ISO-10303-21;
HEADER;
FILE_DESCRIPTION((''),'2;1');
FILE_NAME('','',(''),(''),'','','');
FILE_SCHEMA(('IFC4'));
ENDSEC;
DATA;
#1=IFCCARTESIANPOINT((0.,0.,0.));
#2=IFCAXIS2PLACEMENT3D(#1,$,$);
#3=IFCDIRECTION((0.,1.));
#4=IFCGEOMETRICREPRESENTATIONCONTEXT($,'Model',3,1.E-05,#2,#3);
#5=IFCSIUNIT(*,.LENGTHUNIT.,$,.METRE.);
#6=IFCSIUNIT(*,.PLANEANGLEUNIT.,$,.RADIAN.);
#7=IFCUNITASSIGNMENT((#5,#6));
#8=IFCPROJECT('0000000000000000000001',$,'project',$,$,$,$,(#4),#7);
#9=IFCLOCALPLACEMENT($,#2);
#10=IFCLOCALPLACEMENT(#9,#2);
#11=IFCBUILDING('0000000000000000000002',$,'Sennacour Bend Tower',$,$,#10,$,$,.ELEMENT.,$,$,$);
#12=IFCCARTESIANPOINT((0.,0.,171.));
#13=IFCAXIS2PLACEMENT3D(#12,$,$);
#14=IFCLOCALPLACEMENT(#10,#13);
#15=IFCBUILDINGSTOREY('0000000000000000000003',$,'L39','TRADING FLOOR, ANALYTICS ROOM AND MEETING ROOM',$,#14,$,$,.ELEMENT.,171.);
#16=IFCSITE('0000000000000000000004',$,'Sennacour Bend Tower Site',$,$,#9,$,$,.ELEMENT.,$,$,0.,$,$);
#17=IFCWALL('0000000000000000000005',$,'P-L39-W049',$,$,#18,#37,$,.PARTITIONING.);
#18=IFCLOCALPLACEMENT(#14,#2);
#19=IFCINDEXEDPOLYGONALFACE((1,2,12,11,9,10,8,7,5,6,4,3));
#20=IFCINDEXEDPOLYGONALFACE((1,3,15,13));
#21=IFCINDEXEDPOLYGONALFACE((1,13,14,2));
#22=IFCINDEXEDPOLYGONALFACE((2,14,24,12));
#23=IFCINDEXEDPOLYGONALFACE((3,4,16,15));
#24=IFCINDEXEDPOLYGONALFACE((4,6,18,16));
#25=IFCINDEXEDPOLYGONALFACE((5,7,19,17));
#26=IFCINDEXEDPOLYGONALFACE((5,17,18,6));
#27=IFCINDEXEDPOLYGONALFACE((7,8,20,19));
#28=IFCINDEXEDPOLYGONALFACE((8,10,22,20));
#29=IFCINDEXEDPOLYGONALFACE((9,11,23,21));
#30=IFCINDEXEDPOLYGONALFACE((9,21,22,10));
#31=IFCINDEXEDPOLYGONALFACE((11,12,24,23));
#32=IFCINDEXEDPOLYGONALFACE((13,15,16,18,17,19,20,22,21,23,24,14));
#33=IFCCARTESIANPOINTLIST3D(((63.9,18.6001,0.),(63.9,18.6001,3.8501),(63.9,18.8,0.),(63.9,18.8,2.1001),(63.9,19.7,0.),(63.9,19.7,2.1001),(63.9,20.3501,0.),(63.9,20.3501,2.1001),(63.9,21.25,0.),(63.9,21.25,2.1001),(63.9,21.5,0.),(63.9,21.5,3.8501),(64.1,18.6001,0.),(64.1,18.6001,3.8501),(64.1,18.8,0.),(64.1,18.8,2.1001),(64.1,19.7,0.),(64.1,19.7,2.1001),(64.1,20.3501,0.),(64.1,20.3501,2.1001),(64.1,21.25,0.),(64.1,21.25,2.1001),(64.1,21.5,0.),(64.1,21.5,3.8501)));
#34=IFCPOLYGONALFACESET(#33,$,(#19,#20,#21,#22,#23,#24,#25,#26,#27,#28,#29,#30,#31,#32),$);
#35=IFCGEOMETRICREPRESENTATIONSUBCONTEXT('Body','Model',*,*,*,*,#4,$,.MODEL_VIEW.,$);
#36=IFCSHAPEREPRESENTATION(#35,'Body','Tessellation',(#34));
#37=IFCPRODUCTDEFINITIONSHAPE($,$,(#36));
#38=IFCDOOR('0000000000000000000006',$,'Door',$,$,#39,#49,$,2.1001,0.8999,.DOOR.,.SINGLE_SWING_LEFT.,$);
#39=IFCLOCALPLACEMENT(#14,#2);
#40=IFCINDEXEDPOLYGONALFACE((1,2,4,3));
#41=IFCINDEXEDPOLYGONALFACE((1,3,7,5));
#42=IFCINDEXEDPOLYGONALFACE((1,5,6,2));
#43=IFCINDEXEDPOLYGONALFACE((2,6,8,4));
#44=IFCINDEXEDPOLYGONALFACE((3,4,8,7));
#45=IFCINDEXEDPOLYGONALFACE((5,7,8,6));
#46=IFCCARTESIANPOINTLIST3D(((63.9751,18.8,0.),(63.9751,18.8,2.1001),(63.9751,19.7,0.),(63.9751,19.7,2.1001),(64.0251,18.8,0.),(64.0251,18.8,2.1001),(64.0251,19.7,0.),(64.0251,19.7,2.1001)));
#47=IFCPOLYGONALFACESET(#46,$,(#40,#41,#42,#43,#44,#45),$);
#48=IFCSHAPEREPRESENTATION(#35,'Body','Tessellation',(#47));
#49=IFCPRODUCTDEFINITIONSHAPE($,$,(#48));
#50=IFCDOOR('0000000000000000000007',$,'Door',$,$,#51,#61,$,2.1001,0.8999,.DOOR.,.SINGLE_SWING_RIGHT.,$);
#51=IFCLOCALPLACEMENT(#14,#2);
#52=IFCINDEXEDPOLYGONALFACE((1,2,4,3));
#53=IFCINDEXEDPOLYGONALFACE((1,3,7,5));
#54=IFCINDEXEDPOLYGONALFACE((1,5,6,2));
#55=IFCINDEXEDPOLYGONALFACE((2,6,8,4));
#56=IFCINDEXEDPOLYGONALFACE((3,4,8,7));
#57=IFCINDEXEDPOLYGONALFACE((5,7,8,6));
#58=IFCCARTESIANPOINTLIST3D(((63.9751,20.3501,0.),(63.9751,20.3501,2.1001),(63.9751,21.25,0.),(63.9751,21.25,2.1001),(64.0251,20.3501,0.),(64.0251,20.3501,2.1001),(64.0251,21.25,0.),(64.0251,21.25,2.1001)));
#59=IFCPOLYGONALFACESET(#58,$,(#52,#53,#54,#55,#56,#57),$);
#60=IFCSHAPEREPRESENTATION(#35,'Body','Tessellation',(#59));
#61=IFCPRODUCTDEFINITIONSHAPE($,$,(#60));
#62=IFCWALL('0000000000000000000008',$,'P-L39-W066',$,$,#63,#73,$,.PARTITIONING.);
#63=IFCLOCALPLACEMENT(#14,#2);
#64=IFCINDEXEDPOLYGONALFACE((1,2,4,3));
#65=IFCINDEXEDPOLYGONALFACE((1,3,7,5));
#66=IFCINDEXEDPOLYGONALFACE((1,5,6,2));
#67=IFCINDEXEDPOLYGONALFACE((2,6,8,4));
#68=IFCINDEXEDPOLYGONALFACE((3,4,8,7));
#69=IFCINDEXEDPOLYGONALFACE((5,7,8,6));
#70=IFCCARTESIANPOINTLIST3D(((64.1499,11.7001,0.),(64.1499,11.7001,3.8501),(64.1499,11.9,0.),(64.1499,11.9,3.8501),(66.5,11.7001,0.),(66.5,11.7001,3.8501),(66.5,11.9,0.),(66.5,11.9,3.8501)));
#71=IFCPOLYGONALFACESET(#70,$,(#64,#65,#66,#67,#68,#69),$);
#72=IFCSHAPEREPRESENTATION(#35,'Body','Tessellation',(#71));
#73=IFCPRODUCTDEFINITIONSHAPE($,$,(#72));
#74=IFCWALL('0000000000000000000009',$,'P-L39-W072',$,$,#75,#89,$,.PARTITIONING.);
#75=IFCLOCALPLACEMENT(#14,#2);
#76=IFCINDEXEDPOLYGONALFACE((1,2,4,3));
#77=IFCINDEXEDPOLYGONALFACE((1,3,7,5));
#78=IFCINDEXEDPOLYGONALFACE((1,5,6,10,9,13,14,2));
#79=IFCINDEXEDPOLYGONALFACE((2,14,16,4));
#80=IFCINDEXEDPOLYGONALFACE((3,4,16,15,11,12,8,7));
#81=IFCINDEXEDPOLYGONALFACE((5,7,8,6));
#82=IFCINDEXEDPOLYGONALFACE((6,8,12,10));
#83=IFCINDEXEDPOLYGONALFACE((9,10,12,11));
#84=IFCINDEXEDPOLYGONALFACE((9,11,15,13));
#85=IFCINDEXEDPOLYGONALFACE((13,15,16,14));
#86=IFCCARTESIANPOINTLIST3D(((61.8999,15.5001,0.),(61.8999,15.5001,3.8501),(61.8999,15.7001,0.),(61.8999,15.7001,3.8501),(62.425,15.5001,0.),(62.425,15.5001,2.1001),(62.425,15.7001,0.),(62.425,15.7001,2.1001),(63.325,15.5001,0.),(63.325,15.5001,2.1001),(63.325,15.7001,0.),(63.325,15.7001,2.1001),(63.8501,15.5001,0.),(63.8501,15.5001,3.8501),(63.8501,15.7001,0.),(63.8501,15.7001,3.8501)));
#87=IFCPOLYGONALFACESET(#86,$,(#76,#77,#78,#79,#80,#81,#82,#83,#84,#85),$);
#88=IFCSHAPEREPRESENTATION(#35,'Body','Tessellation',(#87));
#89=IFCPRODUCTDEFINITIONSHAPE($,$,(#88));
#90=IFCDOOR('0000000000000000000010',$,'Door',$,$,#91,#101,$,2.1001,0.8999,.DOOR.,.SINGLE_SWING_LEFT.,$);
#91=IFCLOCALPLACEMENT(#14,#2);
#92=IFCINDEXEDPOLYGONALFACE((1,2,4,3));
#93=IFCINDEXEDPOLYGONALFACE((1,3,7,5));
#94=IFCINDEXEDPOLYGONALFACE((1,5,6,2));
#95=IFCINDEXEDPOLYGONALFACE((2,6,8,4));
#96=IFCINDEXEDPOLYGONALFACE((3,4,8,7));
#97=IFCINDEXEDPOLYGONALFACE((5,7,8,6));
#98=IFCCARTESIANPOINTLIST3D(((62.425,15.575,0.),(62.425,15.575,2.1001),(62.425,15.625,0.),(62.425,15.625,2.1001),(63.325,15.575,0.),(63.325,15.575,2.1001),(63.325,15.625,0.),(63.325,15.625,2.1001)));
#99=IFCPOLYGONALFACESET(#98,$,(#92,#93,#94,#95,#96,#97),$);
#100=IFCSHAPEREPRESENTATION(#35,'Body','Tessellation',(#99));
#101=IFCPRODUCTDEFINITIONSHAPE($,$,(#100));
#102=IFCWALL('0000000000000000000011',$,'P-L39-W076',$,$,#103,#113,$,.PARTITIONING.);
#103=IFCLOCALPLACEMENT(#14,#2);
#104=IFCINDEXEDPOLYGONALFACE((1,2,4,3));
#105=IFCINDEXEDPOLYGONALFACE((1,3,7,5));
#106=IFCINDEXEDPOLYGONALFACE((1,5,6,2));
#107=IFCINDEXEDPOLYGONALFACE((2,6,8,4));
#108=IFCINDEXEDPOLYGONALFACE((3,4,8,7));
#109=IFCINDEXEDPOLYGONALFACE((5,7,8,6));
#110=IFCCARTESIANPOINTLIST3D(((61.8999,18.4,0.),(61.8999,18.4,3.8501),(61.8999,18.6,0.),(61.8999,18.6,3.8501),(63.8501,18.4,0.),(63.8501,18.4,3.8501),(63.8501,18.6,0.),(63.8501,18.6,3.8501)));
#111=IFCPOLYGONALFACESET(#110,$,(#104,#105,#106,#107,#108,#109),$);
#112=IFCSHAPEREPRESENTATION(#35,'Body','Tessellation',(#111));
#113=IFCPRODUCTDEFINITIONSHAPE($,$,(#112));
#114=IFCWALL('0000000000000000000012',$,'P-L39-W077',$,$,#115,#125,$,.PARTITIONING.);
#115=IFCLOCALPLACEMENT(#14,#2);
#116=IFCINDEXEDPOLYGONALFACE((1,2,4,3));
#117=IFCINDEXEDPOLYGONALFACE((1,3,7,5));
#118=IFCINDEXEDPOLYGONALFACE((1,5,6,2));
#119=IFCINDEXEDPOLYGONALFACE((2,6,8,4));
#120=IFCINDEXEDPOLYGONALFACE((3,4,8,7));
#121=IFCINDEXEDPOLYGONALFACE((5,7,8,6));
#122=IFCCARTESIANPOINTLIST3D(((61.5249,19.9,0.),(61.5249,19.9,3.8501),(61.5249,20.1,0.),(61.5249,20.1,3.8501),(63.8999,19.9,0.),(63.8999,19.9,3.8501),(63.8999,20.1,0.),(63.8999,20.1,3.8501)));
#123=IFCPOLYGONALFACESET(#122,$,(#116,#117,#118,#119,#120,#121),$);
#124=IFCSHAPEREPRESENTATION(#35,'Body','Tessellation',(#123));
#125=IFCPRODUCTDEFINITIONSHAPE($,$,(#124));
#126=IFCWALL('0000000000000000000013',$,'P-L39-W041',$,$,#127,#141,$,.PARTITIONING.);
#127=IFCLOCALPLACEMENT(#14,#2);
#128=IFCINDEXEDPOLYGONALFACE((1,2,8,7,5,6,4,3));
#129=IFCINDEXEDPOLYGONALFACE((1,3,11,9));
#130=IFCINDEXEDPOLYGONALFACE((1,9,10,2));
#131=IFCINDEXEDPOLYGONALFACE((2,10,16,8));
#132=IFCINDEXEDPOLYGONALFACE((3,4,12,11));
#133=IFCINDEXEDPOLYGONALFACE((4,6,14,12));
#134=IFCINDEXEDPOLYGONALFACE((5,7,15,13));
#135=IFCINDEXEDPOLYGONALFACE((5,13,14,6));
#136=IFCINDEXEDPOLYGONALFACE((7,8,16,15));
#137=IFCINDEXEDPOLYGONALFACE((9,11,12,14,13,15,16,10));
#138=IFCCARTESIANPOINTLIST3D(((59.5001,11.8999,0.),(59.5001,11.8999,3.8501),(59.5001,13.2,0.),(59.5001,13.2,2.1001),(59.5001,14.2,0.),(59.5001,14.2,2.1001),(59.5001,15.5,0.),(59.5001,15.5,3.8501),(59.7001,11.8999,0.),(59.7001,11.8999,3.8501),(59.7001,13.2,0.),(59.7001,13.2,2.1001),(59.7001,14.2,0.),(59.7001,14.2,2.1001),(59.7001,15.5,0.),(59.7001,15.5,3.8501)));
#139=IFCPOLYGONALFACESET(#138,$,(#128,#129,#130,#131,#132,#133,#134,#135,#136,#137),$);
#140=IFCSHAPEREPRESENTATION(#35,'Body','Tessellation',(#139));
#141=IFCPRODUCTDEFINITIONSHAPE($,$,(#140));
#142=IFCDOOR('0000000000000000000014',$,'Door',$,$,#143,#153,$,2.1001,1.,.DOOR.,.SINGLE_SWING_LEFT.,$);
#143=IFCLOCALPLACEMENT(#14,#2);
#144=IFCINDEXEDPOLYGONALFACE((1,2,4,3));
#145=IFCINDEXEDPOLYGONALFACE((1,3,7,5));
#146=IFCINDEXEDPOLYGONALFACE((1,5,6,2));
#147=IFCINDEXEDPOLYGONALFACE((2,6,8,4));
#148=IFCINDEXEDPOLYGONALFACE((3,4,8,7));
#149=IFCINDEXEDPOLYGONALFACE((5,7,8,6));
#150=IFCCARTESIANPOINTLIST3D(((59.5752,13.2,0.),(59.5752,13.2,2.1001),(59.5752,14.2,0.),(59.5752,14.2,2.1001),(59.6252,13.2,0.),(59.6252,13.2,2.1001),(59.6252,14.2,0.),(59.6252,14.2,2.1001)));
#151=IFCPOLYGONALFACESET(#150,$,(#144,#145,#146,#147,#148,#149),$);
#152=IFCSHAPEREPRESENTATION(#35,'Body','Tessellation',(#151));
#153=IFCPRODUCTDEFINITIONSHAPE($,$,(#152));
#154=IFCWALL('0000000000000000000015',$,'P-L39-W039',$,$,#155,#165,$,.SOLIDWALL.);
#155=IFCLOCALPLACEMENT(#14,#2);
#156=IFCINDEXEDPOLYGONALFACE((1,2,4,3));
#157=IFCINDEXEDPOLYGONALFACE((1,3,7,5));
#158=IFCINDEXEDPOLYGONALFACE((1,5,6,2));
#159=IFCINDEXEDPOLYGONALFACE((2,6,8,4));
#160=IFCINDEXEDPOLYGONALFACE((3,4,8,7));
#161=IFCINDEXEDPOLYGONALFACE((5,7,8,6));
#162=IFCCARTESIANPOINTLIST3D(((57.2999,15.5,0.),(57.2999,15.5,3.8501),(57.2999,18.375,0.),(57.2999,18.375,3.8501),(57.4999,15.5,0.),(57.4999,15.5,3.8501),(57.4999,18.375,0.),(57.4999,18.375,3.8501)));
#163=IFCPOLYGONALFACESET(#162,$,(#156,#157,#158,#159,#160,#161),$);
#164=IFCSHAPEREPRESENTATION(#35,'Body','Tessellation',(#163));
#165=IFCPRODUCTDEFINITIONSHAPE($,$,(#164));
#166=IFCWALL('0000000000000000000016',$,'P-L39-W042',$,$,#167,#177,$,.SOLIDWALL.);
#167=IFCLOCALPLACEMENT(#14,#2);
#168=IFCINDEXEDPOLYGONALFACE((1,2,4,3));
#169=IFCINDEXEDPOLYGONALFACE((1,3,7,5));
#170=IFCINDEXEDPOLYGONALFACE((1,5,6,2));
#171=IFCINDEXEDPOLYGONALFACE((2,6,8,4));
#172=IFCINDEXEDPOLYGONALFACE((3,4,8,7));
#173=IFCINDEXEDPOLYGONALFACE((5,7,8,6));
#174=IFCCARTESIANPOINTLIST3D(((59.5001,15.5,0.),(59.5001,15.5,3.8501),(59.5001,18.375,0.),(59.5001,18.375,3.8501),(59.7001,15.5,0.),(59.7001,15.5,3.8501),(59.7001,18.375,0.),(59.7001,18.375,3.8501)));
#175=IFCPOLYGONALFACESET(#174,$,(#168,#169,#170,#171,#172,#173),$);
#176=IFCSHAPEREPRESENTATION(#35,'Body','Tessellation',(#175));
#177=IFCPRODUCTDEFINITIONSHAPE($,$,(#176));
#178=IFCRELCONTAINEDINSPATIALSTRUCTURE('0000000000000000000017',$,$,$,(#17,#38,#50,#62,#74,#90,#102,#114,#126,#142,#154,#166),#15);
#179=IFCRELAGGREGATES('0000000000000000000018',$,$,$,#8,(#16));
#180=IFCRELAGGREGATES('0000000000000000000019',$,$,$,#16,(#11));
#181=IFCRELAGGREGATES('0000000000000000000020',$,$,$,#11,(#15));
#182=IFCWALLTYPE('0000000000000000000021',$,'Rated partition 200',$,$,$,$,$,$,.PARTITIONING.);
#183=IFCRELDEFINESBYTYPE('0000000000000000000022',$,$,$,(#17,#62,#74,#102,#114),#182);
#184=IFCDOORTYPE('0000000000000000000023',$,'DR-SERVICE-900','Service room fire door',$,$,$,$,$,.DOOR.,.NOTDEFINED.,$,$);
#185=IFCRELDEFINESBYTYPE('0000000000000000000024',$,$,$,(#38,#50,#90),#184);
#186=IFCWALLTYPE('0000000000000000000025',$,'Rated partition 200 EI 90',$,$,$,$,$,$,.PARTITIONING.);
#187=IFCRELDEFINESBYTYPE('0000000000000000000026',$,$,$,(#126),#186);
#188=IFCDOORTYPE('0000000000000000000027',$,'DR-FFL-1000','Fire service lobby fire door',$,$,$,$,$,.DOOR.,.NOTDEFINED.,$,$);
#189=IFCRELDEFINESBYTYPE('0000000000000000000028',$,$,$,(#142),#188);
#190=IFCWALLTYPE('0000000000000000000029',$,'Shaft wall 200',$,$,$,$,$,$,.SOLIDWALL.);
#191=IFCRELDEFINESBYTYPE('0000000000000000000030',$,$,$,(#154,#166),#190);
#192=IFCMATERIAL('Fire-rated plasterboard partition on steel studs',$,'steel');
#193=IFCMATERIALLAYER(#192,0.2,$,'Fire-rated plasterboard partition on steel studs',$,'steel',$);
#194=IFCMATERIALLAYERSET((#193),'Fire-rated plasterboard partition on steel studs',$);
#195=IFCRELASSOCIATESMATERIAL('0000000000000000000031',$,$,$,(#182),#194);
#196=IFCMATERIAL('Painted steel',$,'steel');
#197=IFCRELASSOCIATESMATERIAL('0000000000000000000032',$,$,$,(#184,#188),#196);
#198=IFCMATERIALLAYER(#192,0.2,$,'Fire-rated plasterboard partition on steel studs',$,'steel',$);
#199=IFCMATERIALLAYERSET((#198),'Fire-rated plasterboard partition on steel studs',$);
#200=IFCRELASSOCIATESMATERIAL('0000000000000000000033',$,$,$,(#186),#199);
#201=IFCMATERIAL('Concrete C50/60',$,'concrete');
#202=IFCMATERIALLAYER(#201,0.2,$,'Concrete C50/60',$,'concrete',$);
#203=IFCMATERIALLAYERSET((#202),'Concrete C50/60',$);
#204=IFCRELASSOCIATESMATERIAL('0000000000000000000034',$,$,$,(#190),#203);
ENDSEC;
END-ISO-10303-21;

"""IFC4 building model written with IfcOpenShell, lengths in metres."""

from ifc_helpers import new_model, si_unit, direction, frame, frame_2d, origin, place, context, subcontext, project, spatial, rectangle, extrude, material, layer, layer_set, type_object, element, fill, save


model = new_model("IFC4")

# Units and contexts
model_context = context("Model", 3, precision=1e-05, world=origin(), true_north=direction((0.0, 1.0)))
body_context = subcontext(model_context, "Body", "Model", "MODEL_VIEW")
ifc_project = project(units=[si_unit("LENGTHUNIT", "METRE"), si_unit("PLANEANGLEUNIT", "RADIAN")], contexts=[model_context])

# Site, building, storey
site_placement = place(None, origin())
site = spatial("IfcSite", under=ifc_project, at=site_placement, Name="Sennacour Bend Tower Site", CompositionType="ELEMENT", RefElevation=0.0)
building_placement = place(site_placement, origin())
building = spatial("IfcBuilding", under=site, at=building_placement, Name="Sennacour Bend Tower", CompositionType="ELEMENT")
storey_placement = place(building_placement, frame((0.0, 0.0, 171.0)))
storey = spatial("IfcBuildingStorey", under=building, at=storey_placement, Name="L39", Description="TRADING FLOOR, ANALYTICS ROOM AND MEETING ROOM", CompositionType="ELEMENT", Elevation=171.0)

# Wall, openings, doors
ifc_material_1 = material(Name="Fire-rated plasterboard partition on steel studs", Category="steel")
ifc_layer_1 = layer(ifc_material_1, 0.2, Name="Fire-rated plasterboard partition on steel studs", Category="steel")
ifc_layer_set_1 = layer_set([ifc_layer_1], Name="Fire-rated plasterboard partition on steel studs")
wall_type_1 = type_object("IfcWallType", Name="Rated partition 200", PredefinedType="PARTITIONING", material=ifc_layer_set_1)
wall_1_placement = place(storey_placement, frame((64.0, 18.6001, 0.0), z_axis=(0.0, 0.0, 1.0), x_axis=(0.0, 1.0, 0.0)))
wall_1 = element("IfcWall", 1, at=wall_1_placement, inside=storey, type_object=wall_type_1, Name="P-L39-W049", PredefinedType="PARTITIONING", context=body_context, shape_type="SweptSolid", body=[
    extrude(rectangle(XDim=2.8999, YDim=0.2, at=frame_2d((1.45, 0.0))), origin(), (0.0, 0.0, 1.0), 3.8501),
])
opening_1_placement = place(wall_1_placement, frame((0.2, 0.0, 0.0)))
opening_1 = element("IfcOpeningElement", 2, at=opening_1_placement, cuts=wall_1, PredefinedType="OPENING", context=body_context, shape_type="SweptSolid", body=[
    extrude(rectangle(XDim=0.8999, YDim=2.1001, at=frame_2d((0.45, 1.05))), frame((0.0, 0.1099, 0.0), z_axis=(0.0, -1.0, 0.0), x_axis=(1.0, 0.0, 0.0)), (0.0, 0.0, 1.0), 0.22),
])
opening_2_placement = place(wall_1_placement, frame((1.75, 0.0, 0.0)))
opening_2 = element("IfcOpeningElement", 3, at=opening_2_placement, cuts=wall_1, PredefinedType="OPENING", context=body_context, shape_type="SweptSolid", body=[
    extrude(rectangle(XDim=0.8999, YDim=2.1001, at=frame_2d((0.45, 1.05))), frame((0.0, 0.1099, 0.0), z_axis=(0.0, -1.0, 0.0), x_axis=(1.0, 0.0, 0.0)), (0.0, 0.0, 1.0), 0.22),
])
ifc_material_2 = material(Name="Painted steel", Category="steel")
door_type_1 = type_object("IfcDoorType", Name="DR-SERVICE-900", Description="Service room fire door", OperationType="NOTDEFINED", PredefinedType="DOOR", material=ifc_material_2)
door_1_placement = place(opening_1_placement, origin())
door_1 = element("IfcDoor", 4, at=door_1_placement, inside=storey, type_object=door_type_1, Name="Door", OperationType="SINGLE_SWING_LEFT", OverallHeight=2.1001, OverallWidth=0.8999, PredefinedType="DOOR", context=body_context, shape_type="SweptSolid", body=[
    extrude(rectangle(XDim=0.8999, YDim=2.1001, at=frame_2d((0.45, 1.05))), frame((0.0, 0.0249, 0.0), z_axis=(0.0, -1.0, 0.0), x_axis=(1.0, 0.0, 0.0)), (0.0, 0.0, 1.0), 0.05),
])
fill(opening_1, door_1)
door_2_placement = place(opening_2_placement, origin())
door_2 = element("IfcDoor", 5, at=door_2_placement, inside=storey, type_object=door_type_1, Name="Door", OperationType="SINGLE_SWING_RIGHT", OverallHeight=2.1001, OverallWidth=0.8999, PredefinedType="DOOR", context=body_context, shape_type="SweptSolid", body=[
    extrude(rectangle(XDim=0.8999, YDim=2.1001, at=frame_2d((0.45, 1.05))), frame((0.0, 0.0249, 0.0), z_axis=(0.0, -1.0, 0.0), x_axis=(1.0, 0.0, 0.0)), (0.0, 0.0, 1.0), 0.05),
])
fill(opening_2, door_2)

# Wall
wall_2_placement = place(storey_placement, frame((64.1499, 11.8, 0.0), z_axis=(0.0, 0.0, 1.0), x_axis=(1.0, 0.0, 0.0)))
element("IfcWall", 6, at=wall_2_placement, inside=storey, type_object=wall_type_1, Name="P-L39-W066", PredefinedType="PARTITIONING", context=body_context, shape_type="SweptSolid", body=[
    extrude(rectangle(XDim=2.3501, YDim=0.2, at=frame_2d((1.175, 0.0))), origin(), (0.0, 0.0, 1.0), 3.8501),
])

# Wall, opening, door
wall_3_placement = place(storey_placement, frame((61.8999, 15.6001, 0.0), z_axis=(0.0, 0.0, 1.0), x_axis=(1.0, 0.0, 0.0)))
wall_3 = element("IfcWall", 7, at=wall_3_placement, inside=storey, type_object=wall_type_1, Name="P-L39-W072", PredefinedType="PARTITIONING", context=body_context, shape_type="SweptSolid", body=[
    extrude(rectangle(XDim=1.9502, YDim=0.2, at=frame_2d((0.9751, 0.0))), origin(), (0.0, 0.0, 1.0), 3.8501),
])
opening_3_placement = place(wall_3_placement, frame((0.5251, 0.0, 0.0)))
opening_3 = element("IfcOpeningElement", 8, at=opening_3_placement, cuts=wall_3, PredefinedType="OPENING", context=body_context, shape_type="SweptSolid", body=[
    extrude(rectangle(XDim=0.8999, YDim=2.1001, at=frame_2d((0.45, 1.05))), frame((0.0, 0.1099, 0.0), z_axis=(0.0, -1.0, 0.0), x_axis=(1.0, 0.0, 0.0)), (0.0, 0.0, 1.0), 0.22),
])
door_3_placement = place(opening_3_placement, origin())
door_3 = element("IfcDoor", 9, at=door_3_placement, inside=storey, type_object=door_type_1, Name="Door", OperationType="SINGLE_SWING_LEFT", OverallHeight=2.1001, OverallWidth=0.8999, PredefinedType="DOOR", context=body_context, shape_type="SweptSolid", body=[
    extrude(rectangle(XDim=0.8999, YDim=2.1001, at=frame_2d((0.45, 1.05))), frame((0.0, 0.0249, 0.0), z_axis=(0.0, -1.0, 0.0), x_axis=(1.0, 0.0, 0.0)), (0.0, 0.0, 1.0), 0.05),
])
fill(opening_3, door_3)

# Walls
wall_4_placement = place(storey_placement, frame((61.8999, 18.5, 0.0), z_axis=(0.0, 0.0, 1.0), x_axis=(1.0, 0.0, 0.0)))
element("IfcWall", 10, at=wall_4_placement, inside=storey, type_object=wall_type_1, Name="P-L39-W076", PredefinedType="PARTITIONING", context=body_context, shape_type="SweptSolid", body=[
    extrude(rectangle(XDim=1.9502, YDim=0.2, at=frame_2d((0.9751, 0.0))), origin(), (0.0, 0.0, 1.0), 3.8501),
])
wall_5_placement = place(storey_placement, frame((61.5249, 20.0, 0.0), z_axis=(0.0, 0.0, 1.0), x_axis=(1.0, 0.0, 0.0)))
element("IfcWall", 11, at=wall_5_placement, inside=storey, type_object=wall_type_1, Name="P-L39-W077", PredefinedType="PARTITIONING", context=body_context, shape_type="SweptSolid", body=[
    extrude(rectangle(XDim=2.375, YDim=0.2, at=frame_2d((1.1875, 0.0))), origin(), (0.0, 0.0, 1.0), 3.8501),
])

# Wall, opening, door
ifc_layer_2 = layer(ifc_material_1, 0.2, Name="Fire-rated plasterboard partition on steel studs", Category="steel")
ifc_layer_set_2 = layer_set([ifc_layer_2], Name="Fire-rated plasterboard partition on steel studs")
wall_type_2 = type_object("IfcWallType", Name="Rated partition 200 EI 90", PredefinedType="PARTITIONING", material=ifc_layer_set_2)
wall_6_placement = place(storey_placement, frame((59.6001, 11.8999, 0.0), z_axis=(0.0, 0.0, 1.0), x_axis=(0.0, 1.0, 0.0)))
wall_6 = element("IfcWall", 12, at=wall_6_placement, inside=storey, type_object=wall_type_2, Name="P-L39-W041", PredefinedType="PARTITIONING", context=body_context, shape_type="SweptSolid", body=[
    extrude(rectangle(XDim=3.6001, YDim=0.2, at=frame_2d((1.8, 0.0))), origin(), (0.0, 0.0, 1.0), 3.8501),
])
opening_4_placement = place(wall_6_placement, frame((1.3, 0.0, 0.0)))
opening_4 = element("IfcOpeningElement", 13, at=opening_4_placement, cuts=wall_6, PredefinedType="OPENING", context=body_context, shape_type="SweptSolid", body=[
    extrude(rectangle(XDim=1.0, YDim=2.1001, at=frame_2d((0.5, 1.05))), frame((0.0, 0.1099, 0.0), z_axis=(0.0, -1.0, 0.0), x_axis=(1.0, 0.0, 0.0)), (0.0, 0.0, 1.0), 0.22),
])
door_type_2 = type_object("IfcDoorType", Name="DR-FFL-1000", Description="Fire service lobby fire door", OperationType="NOTDEFINED", PredefinedType="DOOR", material=ifc_material_2)
door_4_placement = place(opening_4_placement, origin())
door_4 = element("IfcDoor", 14, at=door_4_placement, inside=storey, type_object=door_type_2, Name="Door", OperationType="SINGLE_SWING_LEFT", OverallHeight=2.1001, OverallWidth=1.0, PredefinedType="DOOR", context=body_context, shape_type="SweptSolid", body=[
    extrude(rectangle(XDim=1.0, YDim=2.1001, at=frame_2d((0.5, 1.05))), frame((0.0, 0.0249, 0.0), z_axis=(0.0, -1.0, 0.0), x_axis=(1.0, 0.0, 0.0)), (0.0, 0.0, 1.0), 0.05),
])
fill(opening_4, door_4)

# Walls
ifc_material_3 = material(Name="Concrete C50/60", Category="concrete")
ifc_layer_3 = layer(ifc_material_3, 0.2, Name="Concrete C50/60", Category="concrete")
ifc_layer_set_3 = layer_set([ifc_layer_3], Name="Concrete C50/60")
wall_type_3 = type_object("IfcWallType", Name="Shaft wall 200", PredefinedType="SOLIDWALL", material=ifc_layer_set_3)
for number, where, z_axis, x_axis, name in (
    (15, (57.3999, 15.5, 0.0), (0.0, 0.0, 1.0), (0.0, 1.0, 0.0), "P-L39-W039"),
    (16, (59.6001, 15.5, 0.0), (0.0, 0.0, 1.0), (0.0, 1.0, 0.0), "P-L39-W042"),
):
    element("IfcWall", number, at=place(storey_placement, frame(where, z_axis=z_axis, x_axis=x_axis)), inside=storey, type_object=wall_type_3, Name=name, PredefinedType="SOLIDWALL", context=body_context, shape_type="SweptSolid", body=[
        extrude(rectangle(XDim=2.875, YDim=0.2, at=frame_2d((1.4375, 0.0))), origin(), (0.0, 0.0, 1.0), 3.8501),
    ])

save(model, "model.ifc")
